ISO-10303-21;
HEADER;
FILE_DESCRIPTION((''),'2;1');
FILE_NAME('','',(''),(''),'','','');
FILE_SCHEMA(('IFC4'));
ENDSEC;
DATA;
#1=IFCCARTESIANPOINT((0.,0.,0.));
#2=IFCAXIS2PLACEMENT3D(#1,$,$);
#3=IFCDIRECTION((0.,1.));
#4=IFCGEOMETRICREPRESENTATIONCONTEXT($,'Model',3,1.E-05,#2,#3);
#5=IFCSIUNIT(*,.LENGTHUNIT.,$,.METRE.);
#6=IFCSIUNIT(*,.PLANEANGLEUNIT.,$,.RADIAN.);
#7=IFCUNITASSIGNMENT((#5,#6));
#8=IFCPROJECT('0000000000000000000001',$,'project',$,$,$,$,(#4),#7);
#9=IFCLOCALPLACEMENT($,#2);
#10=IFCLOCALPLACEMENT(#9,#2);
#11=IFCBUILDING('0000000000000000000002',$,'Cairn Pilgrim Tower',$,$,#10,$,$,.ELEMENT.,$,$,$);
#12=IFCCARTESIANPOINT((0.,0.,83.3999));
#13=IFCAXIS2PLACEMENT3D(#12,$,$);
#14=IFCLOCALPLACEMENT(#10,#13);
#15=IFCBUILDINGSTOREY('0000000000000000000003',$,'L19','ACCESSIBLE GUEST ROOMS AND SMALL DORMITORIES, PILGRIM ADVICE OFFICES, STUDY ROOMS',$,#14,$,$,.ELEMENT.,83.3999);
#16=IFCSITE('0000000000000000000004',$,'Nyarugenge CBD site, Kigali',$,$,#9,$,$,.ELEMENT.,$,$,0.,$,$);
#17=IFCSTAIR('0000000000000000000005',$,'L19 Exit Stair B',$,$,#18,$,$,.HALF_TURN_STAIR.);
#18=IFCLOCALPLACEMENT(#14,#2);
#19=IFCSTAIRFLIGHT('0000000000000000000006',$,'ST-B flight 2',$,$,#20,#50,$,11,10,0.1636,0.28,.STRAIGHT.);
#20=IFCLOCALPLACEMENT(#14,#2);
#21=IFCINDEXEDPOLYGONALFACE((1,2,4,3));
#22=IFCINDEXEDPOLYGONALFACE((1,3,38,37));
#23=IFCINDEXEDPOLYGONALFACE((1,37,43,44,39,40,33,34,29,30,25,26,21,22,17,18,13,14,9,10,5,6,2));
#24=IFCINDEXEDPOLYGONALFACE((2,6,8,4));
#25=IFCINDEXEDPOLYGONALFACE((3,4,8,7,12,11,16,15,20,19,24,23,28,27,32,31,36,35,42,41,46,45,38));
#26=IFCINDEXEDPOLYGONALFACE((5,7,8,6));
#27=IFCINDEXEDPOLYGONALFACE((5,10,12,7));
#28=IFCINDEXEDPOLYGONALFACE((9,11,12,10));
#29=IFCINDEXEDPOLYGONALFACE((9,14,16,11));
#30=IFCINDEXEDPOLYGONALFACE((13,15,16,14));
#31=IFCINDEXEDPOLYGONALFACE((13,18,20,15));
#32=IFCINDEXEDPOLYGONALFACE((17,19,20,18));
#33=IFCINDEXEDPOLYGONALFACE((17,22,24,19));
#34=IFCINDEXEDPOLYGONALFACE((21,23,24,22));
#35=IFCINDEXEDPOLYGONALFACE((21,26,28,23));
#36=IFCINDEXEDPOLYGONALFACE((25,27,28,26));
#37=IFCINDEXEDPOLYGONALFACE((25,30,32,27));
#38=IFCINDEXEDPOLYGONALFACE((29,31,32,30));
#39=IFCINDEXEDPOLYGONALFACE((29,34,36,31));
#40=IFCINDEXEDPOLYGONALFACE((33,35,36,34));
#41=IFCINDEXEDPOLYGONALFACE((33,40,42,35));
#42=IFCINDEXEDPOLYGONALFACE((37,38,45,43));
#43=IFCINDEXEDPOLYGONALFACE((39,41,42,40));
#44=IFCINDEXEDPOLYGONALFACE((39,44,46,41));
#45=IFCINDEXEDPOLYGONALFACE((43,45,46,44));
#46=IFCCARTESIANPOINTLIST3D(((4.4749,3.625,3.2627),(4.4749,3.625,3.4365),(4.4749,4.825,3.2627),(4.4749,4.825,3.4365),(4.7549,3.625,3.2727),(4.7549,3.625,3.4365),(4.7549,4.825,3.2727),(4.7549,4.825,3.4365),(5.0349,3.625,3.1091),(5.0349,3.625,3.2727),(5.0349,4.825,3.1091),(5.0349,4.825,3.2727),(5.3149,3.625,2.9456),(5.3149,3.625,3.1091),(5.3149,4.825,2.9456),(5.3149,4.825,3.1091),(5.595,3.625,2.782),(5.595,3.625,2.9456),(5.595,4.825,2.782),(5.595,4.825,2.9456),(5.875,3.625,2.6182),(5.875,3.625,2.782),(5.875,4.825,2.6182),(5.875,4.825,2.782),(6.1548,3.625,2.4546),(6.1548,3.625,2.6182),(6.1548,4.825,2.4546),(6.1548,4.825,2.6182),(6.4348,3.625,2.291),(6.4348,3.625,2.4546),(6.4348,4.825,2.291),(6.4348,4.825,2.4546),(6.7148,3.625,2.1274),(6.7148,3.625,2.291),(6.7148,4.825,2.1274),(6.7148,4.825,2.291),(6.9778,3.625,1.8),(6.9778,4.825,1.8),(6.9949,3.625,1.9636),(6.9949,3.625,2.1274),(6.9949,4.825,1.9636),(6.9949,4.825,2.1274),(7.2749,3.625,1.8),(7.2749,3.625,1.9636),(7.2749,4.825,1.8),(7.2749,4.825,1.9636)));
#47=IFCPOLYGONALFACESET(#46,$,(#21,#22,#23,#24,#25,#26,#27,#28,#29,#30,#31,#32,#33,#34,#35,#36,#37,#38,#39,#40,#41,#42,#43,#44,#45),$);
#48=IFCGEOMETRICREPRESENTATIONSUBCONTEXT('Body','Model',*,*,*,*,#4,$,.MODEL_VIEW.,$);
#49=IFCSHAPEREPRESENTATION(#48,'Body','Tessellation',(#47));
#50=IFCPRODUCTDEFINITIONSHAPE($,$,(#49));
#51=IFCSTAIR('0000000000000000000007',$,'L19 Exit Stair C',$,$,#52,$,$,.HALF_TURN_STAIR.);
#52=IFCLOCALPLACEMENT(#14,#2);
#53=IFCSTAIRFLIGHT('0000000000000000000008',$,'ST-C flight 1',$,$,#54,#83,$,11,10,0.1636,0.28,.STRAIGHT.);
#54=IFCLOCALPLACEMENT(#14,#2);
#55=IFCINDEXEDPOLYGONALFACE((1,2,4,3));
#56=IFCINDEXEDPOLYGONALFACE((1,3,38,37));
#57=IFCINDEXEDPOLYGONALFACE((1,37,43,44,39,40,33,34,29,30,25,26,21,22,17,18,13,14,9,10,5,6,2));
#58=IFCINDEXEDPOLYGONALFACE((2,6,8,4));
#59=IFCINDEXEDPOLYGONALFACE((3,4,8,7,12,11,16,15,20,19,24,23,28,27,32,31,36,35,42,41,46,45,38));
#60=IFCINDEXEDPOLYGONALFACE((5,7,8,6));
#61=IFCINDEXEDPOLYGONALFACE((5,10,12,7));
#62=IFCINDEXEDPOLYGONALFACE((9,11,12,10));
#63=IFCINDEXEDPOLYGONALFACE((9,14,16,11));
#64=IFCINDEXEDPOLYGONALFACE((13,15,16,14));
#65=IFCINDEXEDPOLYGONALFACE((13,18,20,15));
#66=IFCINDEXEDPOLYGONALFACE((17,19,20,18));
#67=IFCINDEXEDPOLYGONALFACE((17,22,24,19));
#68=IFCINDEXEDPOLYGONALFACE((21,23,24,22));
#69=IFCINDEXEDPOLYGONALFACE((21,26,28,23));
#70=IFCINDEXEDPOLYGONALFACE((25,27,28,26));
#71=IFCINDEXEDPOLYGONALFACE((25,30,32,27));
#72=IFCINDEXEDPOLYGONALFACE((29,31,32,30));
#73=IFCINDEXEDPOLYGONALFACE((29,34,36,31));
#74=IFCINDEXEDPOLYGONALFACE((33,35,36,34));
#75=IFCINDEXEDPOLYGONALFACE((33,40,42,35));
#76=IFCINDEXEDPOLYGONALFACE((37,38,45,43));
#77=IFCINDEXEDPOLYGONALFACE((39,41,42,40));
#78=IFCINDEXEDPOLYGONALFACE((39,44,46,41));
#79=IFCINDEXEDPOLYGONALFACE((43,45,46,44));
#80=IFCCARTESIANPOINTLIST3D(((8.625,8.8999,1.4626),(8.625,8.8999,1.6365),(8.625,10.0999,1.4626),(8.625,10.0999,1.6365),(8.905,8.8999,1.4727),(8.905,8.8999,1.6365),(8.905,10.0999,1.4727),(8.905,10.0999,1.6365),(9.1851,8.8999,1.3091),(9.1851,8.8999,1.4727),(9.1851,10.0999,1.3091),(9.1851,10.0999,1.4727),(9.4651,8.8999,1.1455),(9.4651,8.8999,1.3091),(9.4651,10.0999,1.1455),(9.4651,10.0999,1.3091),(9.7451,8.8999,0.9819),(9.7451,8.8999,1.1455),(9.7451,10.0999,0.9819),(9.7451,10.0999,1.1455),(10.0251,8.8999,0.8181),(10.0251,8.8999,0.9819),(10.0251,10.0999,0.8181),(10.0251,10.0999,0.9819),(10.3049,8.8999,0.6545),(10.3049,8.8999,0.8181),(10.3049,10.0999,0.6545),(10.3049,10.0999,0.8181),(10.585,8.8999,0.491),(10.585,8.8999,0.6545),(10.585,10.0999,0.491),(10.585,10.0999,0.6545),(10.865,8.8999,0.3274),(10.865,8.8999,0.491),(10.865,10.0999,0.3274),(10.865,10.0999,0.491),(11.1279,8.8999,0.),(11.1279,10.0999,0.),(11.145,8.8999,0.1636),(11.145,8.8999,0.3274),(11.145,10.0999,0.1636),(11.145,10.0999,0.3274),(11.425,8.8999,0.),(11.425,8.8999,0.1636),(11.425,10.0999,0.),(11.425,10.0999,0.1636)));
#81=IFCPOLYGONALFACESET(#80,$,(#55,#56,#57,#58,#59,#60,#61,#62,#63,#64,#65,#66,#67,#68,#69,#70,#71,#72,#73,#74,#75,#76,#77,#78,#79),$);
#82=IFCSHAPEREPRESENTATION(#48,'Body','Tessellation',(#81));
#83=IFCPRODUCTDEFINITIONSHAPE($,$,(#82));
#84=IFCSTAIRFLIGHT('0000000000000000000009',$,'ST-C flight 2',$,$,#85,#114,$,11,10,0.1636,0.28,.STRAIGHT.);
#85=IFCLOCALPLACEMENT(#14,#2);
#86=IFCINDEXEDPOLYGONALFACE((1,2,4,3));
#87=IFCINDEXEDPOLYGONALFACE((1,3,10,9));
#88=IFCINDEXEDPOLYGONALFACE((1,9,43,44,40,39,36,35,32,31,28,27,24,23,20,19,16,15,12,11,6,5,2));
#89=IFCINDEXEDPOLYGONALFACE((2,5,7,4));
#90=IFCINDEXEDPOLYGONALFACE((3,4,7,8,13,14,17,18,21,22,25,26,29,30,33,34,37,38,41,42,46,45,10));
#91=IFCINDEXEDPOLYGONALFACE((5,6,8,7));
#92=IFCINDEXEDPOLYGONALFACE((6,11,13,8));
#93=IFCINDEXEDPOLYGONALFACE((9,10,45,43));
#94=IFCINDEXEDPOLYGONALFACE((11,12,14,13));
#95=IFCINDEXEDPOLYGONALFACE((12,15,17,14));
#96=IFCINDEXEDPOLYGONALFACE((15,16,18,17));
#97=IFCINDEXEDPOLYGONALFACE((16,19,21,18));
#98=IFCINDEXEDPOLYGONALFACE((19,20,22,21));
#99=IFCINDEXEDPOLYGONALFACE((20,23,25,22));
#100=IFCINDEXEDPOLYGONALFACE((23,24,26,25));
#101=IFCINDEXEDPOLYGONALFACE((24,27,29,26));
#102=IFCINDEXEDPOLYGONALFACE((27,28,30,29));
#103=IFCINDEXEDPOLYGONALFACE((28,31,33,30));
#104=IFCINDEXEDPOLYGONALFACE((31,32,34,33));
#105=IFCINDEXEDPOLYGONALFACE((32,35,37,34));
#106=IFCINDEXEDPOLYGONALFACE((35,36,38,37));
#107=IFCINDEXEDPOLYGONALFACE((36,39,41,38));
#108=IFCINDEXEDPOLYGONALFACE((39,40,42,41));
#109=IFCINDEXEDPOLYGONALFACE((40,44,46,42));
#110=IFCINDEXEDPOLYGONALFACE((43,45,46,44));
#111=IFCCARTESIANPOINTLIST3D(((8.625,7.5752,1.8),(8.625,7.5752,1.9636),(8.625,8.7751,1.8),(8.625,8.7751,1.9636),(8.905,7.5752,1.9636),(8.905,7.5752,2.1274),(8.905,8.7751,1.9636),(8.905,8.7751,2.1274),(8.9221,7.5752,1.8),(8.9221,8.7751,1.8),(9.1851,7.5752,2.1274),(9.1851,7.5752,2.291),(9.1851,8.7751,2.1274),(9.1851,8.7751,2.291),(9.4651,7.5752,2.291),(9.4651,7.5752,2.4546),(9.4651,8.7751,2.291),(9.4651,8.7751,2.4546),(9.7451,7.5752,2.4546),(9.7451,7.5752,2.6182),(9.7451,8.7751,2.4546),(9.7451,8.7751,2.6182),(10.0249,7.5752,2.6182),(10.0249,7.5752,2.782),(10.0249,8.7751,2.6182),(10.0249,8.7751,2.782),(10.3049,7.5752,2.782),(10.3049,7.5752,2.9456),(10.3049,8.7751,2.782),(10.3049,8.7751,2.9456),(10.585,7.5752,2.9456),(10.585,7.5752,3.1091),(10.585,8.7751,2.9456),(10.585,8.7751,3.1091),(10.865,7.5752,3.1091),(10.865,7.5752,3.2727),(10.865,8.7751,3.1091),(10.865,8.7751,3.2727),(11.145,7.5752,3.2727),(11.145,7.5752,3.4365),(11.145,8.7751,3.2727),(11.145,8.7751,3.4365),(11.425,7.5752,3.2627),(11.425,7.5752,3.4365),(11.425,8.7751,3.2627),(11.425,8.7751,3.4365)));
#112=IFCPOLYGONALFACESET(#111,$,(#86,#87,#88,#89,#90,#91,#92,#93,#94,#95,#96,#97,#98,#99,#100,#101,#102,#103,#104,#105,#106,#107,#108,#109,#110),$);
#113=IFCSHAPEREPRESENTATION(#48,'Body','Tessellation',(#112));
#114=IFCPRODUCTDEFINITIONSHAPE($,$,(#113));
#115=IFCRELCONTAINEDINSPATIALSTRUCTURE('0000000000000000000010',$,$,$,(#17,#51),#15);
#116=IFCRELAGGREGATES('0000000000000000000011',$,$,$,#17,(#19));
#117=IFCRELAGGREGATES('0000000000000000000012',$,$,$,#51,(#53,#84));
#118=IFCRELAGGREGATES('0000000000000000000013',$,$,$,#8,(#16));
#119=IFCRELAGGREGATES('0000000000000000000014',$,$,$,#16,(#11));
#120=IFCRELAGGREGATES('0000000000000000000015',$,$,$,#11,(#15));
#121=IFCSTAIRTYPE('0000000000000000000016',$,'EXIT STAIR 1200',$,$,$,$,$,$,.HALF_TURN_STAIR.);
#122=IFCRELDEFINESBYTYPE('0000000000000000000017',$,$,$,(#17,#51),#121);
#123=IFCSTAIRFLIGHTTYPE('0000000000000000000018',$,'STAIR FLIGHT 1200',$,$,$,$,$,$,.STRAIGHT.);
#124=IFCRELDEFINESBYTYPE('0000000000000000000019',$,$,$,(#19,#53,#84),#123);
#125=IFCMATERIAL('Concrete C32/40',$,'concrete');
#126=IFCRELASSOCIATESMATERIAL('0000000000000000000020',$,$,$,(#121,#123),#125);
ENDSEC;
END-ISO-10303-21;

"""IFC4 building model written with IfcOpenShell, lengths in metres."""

from ifc_helpers import new_model, si_unit, direction, frame, origin, place, context, subcontext, project, spatial, polyline, outline, extrude, material, type_object, element, aggregate, save


model = new_model("IFC4")

# Units and contexts
model_context = context("Model", 3, precision=1e-05, world=origin(), true_north=direction((0.0, 1.0)))
body_context = subcontext(model_context, "Body", "Model", "MODEL_VIEW")
ifc_project = project(units=[si_unit("LENGTHUNIT", "METRE"), si_unit("PLANEANGLEUNIT", "RADIAN")], contexts=[model_context])

# Site, building, storey
site_placement = place(None, origin())
site = spatial("IfcSite", under=ifc_project, at=site_placement, Name="Nyarugenge CBD site, Kigali", CompositionType="ELEMENT", RefElevation=0.0)
building_placement = place(site_placement, origin())
building = spatial("IfcBuilding", under=site, at=building_placement, Name="Cairn Pilgrim Tower", CompositionType="ELEMENT")
storey_placement = place(building_placement, frame((0.0, 0.0, 83.3999)))
storey = spatial("IfcBuildingStorey", under=building, at=storey_placement, Name="L19", Description="ACCESSIBLE GUEST ROOMS AND SMALL DORMITORIES, PILGRIM ADVICE OFFICES, STUDY ROOMS", CompositionType="ELEMENT", Elevation=83.3999)

# Shared definitions
ifc_material_1 = material(Name="Concrete C32/40", Category="concrete")

# Stairs, stair flights
stair_type = type_object("IfcStairType", Name="EXIT STAIR 1200", PredefinedType="HALF_TURN_STAIR", material=ifc_material_1)
stair_1_placement = place(storey_placement, origin())
stair_1 = element("IfcStair", 1, at=stair_1_placement, inside=storey, type_object=stair_type, Name="L19 Exit Stair B", PredefinedType="HALF_TURN_STAIR")
stair_flight_type = type_object("IfcStairFlightType", Name="STAIR FLIGHT 1200", PredefinedType="STRAIGHT", material=ifc_material_1)
stair_flight_1_placement = place(storey_placement, frame((7.2749, 4.2251, 1.8), z_axis=(0.0, 0.0, 1.0), x_axis=(-1.0, 0.0, 0.0)))
stair_flight_1 = element("IfcStairFlight", 2, at=stair_flight_1_placement, type_object=stair_flight_type, Name="ST-B flight 2", NumberOfRisers=11, NumberOfTreads=10, PredefinedType="STRAIGHT", RiserHeight=0.1636, TreadLength=0.28, context=body_context, shape_type="SweptSolid", body=[
    extrude(outline(polyline([(0.0, 0.0), (0.0, 0.1636), (0.28, 0.1636), (0.28, 0.3274), (0.5601, 0.3274), (0.5601, 0.491), (0.8401, 0.491), (0.8401, 0.6545), (1.1201, 0.6545), (1.1201, 0.8181), (1.3999, 0.8181), (1.3999, 0.9819), (1.6799, 0.9819), (1.6799, 1.1455), (1.96, 1.1455), (1.96, 1.3091), (2.24, 1.3091), (2.24, 1.4727), (2.52, 1.4727), (2.52, 1.6365), (2.8, 1.6365), (2.8, 1.8), (2.8, 1.4626), (0.2971, 0.0), (0.0, 0.0)])), frame((0.0, 0.6001, 0.0), z_axis=(0.0, -1.0, 0.0), x_axis=(1.0, 0.0, 0.0)), (0.0, 0.0, 1.0), 1.2),
])
aggregate(stair_1, [stair_flight_1])
stair_2_placement = place(storey_placement, origin())
stair_2 = element("IfcStair", 3, at=stair_2_placement, inside=storey, type_object=stair_type, Name="L19 Exit Stair C", PredefinedType="HALF_TURN_STAIR")
stair_flight_2_placement = place(storey_placement, frame((11.425, 9.5, 0.0), z_axis=(0.0, 0.0, 1.0), x_axis=(-1.0, 0.0, 0.0)))
stair_flight_2 = element("IfcStairFlight", 4, at=stair_flight_2_placement, type_object=stair_flight_type, Name="ST-C flight 1", NumberOfRisers=11, NumberOfTreads=10, PredefinedType="STRAIGHT", RiserHeight=0.1636, TreadLength=0.28, context=body_context, shape_type="SweptSolid", body=[
    extrude(outline(polyline([(0.0, 0.0), (0.0, 0.1636), (0.28, 0.1636), (0.28, 0.3274), (0.5601, 0.3274), (0.5601, 0.491), (0.8401, 0.491), (0.8401, 0.6545), (1.1201, 0.6545), (1.1201, 0.8181), (1.3999, 0.8181), (1.3999, 0.9819), (1.6799, 0.9819), (1.6799, 1.1455), (1.96, 1.1455), (1.96, 1.3091), (2.24, 1.3091), (2.24, 1.4727), (2.52, 1.4727), (2.52, 1.6365), (2.8, 1.6365), (2.8, 1.8), (2.8, 1.4626), (0.2971, 0.0), (0.0, 0.0)])), frame((0.0, 0.6001, 0.0), z_axis=(0.0, -1.0, 0.0), x_axis=(1.0, 0.0, 0.0)), (0.0, 0.0, 1.0), 1.2),
])
stair_flight_3_placement = place(storey_placement, frame((8.625, 8.175, 1.8), z_axis=(0.0, 0.0, 1.0), x_axis=(1.0, 0.0, 0.0)))
stair_flight_3 = element("IfcStairFlight", 5, at=stair_flight_3_placement, type_object=stair_flight_type, Name="ST-C flight 2", NumberOfRisers=11, NumberOfTreads=10, PredefinedType="STRAIGHT", RiserHeight=0.1636, TreadLength=0.28, context=body_context, shape_type="SweptSolid", body=[
    extrude(outline(polyline([(0.0, 0.0), (0.0, 0.1636), (0.28, 0.1636), (0.28, 0.3274), (0.5601, 0.3274), (0.5601, 0.491), (0.8401, 0.491), (0.8401, 0.6545), (1.1201, 0.6545), (1.1201, 0.8181), (1.3999, 0.8181), (1.3999, 0.9819), (1.6799, 0.9819), (1.6799, 1.1455), (1.96, 1.1455), (1.96, 1.3091), (2.24, 1.3091), (2.24, 1.4727), (2.52, 1.4727), (2.52, 1.6365), (2.8, 1.6365), (2.8, 1.8), (2.8, 1.4626), (0.2971, 0.0), (0.0, 0.0)])), frame((0.0, 0.6001, 0.0), z_axis=(0.0, -1.0, 0.0), x_axis=(1.0, 0.0, 0.0)), (0.0, 0.0, 1.0), 1.2),
])
aggregate(stair_2, [stair_flight_2, stair_flight_3])

save(model, "model.ifc")
